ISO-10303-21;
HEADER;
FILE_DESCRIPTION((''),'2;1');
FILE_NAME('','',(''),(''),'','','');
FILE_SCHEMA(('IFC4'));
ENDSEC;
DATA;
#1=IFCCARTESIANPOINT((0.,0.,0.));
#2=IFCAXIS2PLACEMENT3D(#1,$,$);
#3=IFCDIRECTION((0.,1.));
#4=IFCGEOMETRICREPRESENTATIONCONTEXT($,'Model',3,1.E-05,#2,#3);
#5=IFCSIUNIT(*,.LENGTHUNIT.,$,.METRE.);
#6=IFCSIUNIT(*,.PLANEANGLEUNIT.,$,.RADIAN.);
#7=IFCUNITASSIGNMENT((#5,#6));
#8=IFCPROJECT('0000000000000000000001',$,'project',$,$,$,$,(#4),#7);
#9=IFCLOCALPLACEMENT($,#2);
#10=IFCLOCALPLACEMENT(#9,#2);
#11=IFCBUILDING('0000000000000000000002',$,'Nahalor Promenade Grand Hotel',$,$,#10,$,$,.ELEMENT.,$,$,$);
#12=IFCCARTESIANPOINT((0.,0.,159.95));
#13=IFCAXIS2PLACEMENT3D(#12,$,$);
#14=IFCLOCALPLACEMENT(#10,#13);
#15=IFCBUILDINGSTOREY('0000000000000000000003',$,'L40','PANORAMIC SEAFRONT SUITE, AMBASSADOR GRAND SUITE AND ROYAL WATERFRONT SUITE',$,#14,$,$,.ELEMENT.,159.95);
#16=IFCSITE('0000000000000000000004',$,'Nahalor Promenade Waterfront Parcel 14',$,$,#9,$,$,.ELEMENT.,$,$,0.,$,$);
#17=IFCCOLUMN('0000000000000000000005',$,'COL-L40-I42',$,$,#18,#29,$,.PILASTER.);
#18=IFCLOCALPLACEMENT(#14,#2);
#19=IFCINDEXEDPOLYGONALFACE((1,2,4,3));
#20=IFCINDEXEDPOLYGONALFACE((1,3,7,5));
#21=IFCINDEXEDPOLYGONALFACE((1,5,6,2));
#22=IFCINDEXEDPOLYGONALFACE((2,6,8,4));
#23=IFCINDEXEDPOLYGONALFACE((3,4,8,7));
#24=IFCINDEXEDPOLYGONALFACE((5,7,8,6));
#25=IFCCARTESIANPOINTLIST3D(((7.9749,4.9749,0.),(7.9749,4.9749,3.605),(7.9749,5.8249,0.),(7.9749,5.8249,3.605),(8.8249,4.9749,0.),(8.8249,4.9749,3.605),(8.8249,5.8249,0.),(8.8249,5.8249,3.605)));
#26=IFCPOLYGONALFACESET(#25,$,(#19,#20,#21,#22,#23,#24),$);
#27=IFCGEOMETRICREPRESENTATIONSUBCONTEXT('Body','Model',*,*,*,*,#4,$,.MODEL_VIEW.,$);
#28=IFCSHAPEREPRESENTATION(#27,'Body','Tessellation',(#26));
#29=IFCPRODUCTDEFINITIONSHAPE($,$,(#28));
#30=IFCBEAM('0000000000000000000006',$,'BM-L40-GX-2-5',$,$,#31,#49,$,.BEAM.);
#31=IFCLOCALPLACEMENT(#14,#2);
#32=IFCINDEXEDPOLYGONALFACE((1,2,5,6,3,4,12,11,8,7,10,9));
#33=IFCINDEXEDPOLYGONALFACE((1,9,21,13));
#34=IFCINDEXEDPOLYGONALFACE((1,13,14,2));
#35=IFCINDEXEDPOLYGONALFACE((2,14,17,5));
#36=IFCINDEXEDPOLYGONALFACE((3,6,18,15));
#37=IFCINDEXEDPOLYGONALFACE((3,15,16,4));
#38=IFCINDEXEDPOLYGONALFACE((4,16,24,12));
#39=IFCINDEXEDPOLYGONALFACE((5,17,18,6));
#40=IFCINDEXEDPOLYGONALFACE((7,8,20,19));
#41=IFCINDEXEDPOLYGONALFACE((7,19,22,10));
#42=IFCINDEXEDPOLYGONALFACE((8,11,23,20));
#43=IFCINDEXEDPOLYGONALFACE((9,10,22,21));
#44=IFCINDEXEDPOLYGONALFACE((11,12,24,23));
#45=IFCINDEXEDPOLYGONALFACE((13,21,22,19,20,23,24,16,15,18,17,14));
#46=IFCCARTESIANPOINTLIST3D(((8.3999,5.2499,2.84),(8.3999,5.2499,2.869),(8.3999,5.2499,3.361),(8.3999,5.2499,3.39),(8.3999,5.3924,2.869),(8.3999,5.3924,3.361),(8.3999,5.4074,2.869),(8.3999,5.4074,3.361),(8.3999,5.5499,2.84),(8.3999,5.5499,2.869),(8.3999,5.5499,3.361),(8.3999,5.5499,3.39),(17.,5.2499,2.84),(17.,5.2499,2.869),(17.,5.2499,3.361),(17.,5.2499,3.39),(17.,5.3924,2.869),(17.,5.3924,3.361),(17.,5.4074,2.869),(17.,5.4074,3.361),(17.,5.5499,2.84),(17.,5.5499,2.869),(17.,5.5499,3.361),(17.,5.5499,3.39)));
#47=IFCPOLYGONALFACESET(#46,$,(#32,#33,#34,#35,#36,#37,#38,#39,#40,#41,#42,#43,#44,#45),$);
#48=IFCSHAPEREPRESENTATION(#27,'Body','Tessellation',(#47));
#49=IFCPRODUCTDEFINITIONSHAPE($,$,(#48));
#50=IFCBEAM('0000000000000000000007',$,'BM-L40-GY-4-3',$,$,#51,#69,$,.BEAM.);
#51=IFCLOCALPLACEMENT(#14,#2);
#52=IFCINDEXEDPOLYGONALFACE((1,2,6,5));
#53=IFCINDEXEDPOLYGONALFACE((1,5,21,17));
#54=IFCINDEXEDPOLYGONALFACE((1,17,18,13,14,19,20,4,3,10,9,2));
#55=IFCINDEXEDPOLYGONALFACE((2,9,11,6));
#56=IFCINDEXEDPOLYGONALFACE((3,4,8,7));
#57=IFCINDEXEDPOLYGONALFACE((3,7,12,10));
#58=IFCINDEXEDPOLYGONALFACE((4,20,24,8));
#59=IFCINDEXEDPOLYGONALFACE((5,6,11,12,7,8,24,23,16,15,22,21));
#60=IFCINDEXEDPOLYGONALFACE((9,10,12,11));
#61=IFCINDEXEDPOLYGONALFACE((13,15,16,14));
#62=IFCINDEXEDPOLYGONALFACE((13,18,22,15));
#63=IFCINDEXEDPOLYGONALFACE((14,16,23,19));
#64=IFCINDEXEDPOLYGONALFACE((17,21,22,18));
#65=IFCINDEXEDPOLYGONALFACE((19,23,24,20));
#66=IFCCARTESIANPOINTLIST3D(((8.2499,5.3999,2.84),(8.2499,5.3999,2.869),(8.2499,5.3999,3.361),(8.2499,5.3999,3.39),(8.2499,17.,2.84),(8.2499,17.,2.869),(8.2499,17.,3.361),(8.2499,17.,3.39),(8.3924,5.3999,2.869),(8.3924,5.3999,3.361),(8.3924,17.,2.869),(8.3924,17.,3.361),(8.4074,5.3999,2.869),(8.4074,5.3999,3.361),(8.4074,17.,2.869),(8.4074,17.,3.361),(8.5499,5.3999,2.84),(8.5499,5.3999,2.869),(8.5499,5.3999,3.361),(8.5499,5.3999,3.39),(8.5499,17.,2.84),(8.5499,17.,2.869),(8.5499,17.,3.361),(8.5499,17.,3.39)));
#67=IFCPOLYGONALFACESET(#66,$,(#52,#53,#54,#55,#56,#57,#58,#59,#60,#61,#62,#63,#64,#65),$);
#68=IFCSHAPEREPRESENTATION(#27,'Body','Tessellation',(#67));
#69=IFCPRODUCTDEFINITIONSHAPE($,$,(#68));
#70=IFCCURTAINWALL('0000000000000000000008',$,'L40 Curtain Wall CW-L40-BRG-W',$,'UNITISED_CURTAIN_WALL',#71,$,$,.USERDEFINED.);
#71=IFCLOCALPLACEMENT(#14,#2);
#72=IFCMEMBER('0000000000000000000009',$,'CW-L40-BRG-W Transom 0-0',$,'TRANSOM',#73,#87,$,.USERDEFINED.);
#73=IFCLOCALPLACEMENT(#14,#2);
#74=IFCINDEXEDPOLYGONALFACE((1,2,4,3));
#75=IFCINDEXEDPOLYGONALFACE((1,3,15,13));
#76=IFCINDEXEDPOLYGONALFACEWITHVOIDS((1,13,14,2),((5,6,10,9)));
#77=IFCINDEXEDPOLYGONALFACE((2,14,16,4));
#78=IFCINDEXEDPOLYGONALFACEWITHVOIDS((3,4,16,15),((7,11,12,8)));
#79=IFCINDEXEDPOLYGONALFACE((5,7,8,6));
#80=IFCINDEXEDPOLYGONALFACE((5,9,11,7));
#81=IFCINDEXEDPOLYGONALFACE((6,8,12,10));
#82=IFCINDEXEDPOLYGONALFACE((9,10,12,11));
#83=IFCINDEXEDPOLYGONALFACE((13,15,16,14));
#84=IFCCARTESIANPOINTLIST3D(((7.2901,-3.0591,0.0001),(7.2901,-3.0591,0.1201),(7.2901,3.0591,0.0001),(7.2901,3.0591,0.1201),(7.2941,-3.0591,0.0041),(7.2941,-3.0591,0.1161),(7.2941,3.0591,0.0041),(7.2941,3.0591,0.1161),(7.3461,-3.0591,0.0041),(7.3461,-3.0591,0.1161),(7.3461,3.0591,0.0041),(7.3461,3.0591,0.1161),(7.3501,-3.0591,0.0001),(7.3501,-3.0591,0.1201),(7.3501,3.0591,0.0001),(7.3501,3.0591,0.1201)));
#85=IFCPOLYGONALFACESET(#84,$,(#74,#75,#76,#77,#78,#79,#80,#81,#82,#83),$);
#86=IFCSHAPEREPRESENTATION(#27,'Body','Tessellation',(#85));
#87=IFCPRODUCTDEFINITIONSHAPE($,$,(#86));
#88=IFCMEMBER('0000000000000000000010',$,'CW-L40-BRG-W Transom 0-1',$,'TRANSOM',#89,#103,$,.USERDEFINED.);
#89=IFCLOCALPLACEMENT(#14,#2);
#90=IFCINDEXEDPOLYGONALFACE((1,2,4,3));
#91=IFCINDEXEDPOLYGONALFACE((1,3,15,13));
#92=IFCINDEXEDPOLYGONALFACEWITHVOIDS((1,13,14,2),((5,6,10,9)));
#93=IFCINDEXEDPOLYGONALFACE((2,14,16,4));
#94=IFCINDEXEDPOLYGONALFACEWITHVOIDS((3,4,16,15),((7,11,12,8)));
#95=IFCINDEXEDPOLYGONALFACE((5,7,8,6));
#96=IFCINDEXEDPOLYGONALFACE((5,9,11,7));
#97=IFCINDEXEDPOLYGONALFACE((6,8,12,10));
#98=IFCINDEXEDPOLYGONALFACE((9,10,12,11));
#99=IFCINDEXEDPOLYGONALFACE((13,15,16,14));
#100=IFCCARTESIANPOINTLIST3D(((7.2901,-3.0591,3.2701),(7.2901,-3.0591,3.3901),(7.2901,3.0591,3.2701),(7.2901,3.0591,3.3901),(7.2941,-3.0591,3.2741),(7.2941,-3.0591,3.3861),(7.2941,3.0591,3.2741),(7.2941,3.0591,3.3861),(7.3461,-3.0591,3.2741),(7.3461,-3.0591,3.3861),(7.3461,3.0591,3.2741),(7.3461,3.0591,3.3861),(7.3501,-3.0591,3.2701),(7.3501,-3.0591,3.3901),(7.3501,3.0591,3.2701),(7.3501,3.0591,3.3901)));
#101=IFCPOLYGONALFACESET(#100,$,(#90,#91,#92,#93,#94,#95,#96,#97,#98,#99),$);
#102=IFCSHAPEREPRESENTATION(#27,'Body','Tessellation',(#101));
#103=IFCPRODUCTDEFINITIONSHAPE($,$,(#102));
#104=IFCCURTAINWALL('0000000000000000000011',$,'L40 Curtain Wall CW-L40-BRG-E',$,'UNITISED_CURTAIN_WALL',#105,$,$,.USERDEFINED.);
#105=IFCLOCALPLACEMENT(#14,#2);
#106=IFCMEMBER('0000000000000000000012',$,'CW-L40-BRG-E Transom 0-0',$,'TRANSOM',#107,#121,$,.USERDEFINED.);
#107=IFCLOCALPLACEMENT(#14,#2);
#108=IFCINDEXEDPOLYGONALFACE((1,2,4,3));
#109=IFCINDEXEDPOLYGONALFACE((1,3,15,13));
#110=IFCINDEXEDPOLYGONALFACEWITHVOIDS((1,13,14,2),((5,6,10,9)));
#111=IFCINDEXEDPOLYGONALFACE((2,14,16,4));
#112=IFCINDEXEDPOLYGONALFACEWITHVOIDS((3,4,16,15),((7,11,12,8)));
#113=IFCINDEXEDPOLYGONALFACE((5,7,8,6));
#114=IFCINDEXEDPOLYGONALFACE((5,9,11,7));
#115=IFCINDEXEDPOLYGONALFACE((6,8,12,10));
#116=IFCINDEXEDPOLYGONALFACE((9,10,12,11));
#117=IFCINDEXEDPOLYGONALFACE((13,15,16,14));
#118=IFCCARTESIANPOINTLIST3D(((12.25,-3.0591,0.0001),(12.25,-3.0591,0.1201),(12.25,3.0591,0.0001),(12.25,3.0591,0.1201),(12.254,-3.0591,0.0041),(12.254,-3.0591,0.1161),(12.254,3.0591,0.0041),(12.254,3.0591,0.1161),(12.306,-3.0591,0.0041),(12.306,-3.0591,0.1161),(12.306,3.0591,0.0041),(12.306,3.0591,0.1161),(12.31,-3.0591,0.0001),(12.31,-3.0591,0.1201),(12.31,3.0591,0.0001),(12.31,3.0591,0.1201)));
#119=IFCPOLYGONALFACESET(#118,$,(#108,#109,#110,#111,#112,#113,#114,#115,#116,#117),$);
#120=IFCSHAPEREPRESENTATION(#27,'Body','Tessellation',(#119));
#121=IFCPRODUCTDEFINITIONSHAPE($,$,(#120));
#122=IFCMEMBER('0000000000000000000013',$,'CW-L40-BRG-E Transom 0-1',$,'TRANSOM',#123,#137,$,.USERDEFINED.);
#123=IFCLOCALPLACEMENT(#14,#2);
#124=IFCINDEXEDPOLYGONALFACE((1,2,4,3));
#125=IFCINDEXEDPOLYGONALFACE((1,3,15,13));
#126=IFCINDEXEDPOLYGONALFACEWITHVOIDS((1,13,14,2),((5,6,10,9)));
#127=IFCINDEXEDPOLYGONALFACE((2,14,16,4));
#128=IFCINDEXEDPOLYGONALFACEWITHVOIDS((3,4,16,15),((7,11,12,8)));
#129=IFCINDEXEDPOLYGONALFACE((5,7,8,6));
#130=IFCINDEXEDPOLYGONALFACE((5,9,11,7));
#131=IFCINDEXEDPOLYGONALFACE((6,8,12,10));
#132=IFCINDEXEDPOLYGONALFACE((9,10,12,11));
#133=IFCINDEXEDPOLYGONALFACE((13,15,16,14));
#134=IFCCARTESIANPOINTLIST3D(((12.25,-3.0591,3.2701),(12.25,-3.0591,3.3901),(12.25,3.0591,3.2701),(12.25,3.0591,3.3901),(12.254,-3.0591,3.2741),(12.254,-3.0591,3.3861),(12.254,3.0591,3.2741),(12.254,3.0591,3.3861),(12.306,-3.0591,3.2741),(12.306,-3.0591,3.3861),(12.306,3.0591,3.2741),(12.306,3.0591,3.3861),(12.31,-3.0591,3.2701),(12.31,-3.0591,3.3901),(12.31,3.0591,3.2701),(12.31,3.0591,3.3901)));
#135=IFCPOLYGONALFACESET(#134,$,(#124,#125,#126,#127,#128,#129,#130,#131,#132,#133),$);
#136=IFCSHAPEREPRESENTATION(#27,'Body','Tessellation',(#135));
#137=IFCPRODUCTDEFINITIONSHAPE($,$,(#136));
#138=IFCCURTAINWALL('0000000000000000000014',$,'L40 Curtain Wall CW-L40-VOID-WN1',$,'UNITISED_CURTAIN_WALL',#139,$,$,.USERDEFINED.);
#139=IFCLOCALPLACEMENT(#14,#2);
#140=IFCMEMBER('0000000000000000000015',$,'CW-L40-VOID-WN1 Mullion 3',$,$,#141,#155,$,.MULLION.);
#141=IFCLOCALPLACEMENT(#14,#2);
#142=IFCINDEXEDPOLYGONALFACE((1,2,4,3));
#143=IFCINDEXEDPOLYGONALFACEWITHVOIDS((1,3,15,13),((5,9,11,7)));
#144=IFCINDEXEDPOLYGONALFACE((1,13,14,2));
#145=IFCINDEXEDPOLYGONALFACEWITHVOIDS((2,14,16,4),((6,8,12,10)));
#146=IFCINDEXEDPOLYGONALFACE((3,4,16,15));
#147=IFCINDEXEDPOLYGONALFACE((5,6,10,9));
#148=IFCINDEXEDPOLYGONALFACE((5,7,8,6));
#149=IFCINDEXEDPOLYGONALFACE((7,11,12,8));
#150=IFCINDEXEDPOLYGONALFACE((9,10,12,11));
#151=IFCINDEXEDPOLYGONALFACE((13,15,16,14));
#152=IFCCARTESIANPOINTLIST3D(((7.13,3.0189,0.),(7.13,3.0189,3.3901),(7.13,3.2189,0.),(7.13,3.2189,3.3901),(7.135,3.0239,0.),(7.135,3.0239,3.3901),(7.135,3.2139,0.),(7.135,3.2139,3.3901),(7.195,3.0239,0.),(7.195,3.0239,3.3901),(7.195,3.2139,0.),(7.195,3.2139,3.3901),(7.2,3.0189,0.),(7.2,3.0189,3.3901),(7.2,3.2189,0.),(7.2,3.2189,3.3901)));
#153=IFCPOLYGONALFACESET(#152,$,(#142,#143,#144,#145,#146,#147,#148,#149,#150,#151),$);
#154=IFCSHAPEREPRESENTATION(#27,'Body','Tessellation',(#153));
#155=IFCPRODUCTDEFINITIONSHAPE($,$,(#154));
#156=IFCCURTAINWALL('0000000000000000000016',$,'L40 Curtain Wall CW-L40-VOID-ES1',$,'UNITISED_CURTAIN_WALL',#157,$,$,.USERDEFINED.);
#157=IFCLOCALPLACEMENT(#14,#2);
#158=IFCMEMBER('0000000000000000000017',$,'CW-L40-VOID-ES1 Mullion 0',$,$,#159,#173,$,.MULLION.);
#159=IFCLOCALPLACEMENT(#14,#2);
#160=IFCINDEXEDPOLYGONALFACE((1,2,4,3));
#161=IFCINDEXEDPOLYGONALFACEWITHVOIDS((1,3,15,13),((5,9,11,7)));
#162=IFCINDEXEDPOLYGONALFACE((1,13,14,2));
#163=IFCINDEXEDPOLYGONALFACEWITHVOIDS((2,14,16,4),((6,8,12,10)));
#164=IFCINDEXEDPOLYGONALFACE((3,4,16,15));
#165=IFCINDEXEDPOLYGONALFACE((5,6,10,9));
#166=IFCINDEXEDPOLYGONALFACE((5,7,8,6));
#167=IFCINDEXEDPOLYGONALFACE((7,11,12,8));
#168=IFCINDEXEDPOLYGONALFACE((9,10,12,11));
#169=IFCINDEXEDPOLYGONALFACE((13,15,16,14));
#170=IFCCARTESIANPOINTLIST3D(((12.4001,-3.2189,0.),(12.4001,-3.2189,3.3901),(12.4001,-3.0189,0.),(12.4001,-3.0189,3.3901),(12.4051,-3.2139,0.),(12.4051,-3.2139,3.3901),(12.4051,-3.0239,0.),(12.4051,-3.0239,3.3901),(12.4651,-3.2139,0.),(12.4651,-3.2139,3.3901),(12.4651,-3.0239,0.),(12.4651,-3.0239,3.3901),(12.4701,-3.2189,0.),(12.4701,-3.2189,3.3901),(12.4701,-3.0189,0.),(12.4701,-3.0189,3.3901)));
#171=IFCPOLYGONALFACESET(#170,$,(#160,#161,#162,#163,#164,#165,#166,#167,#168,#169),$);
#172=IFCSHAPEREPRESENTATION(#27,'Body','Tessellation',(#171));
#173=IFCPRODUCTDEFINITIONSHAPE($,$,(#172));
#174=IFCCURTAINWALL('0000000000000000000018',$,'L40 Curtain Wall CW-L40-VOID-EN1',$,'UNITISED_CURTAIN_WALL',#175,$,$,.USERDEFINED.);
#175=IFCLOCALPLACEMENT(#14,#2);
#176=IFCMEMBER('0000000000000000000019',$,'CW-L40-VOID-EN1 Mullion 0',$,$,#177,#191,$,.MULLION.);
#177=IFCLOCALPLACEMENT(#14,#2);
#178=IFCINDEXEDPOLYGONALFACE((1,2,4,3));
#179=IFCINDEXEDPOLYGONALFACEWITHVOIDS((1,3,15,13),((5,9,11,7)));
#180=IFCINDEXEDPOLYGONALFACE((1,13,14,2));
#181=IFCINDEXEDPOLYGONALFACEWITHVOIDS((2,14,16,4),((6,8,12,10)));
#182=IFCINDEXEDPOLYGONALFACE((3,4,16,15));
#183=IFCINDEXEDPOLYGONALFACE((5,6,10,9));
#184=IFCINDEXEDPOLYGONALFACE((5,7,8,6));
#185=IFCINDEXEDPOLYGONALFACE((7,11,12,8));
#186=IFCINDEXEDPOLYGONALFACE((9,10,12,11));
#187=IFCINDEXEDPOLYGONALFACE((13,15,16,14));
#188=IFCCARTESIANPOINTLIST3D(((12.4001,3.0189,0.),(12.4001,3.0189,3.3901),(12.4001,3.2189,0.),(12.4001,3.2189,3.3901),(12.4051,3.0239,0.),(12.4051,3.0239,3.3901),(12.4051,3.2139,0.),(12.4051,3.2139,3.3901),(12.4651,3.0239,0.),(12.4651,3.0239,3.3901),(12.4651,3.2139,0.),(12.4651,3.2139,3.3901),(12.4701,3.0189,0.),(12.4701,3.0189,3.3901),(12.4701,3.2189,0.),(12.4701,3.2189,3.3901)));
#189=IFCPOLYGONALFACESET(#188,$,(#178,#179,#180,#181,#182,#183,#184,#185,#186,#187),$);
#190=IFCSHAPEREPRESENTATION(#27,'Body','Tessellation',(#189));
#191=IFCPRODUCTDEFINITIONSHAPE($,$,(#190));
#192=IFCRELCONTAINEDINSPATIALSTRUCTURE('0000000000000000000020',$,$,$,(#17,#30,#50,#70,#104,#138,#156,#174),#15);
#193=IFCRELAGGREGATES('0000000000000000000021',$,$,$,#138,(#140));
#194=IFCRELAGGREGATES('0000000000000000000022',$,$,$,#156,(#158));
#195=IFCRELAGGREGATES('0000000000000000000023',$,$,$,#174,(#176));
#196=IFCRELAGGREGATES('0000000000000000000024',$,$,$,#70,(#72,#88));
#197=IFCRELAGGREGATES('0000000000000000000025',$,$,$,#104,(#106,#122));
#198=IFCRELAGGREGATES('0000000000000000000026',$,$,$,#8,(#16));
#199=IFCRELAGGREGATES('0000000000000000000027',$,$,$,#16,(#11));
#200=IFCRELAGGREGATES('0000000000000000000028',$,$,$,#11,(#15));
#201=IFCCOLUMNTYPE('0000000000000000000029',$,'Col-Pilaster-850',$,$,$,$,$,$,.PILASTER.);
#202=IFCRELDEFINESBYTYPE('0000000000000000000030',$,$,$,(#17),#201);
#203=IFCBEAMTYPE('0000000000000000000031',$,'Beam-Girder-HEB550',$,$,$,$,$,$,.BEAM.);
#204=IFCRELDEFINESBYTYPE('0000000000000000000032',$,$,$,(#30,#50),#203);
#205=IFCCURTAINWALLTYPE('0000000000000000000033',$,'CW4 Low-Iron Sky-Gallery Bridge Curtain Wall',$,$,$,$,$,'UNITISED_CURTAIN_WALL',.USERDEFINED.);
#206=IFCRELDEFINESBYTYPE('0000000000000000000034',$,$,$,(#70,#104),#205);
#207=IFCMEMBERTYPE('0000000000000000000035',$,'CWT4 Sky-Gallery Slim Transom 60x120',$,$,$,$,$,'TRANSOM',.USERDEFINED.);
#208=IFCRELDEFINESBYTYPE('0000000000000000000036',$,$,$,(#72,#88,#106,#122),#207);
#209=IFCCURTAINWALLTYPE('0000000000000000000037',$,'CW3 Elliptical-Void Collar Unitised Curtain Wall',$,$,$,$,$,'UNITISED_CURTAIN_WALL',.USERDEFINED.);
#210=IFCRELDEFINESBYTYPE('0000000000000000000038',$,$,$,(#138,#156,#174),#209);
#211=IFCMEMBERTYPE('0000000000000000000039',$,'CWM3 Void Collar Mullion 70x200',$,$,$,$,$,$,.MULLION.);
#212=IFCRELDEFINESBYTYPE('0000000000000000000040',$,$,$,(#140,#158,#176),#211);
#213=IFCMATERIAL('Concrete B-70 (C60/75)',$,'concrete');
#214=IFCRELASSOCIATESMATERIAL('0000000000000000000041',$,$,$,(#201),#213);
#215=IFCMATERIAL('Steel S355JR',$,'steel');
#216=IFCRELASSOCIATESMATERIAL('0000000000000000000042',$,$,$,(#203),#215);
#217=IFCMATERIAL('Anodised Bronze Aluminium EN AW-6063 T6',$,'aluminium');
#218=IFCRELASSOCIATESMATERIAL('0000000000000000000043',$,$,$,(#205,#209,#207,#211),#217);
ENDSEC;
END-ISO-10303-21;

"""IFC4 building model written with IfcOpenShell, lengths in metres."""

from ifc_helpers import new_model, si_unit, direction, frame, origin, origin_2d, place, context, subcontext, project, spatial, rectangle, hollow_rectangle, i_section, extrude, source, transform, mapped, material, material_profile, profile_set, type_object, element, aggregate, save


model = new_model("IFC4")

# Units and contexts
model_context = context("Model", 3, precision=1e-05, world=origin(), true_north=direction((0.0, 1.0)))
body_context = subcontext(model_context, "Body", "Model", "MODEL_VIEW")
ifc_project = project(units=[si_unit("LENGTHUNIT", "METRE"), si_unit("PLANEANGLEUNIT", "RADIAN")], contexts=[model_context])

# Site, building, storey
site_placement = place(None, origin())
site = spatial("IfcSite", under=ifc_project, at=site_placement, Name="Nahalor Promenade Waterfront Parcel 14", CompositionType="ELEMENT", RefElevation=0.0)
building_placement = place(site_placement, origin())
building = spatial("IfcBuilding", under=site, at=building_placement, Name="Nahalor Promenade Grand Hotel", CompositionType="ELEMENT")
storey_placement = place(building_placement, frame((0.0, 0.0, 159.95)))
storey = spatial("IfcBuildingStorey", under=building, at=storey_placement, Name="L40", Description="PANORAMIC SEAFRONT SUITE, AMBASSADOR GRAND SUITE AND ROYAL WATERFRONT SUITE", CompositionType="ELEMENT", Elevation=159.95)

# Column
ifc_material_1 = material(Name="Concrete B-70 (C60/75)", Category="concrete")
ifc_material_profile_1 = material_profile(ifc_material_1, rectangle(XDim=0.85, YDim=0.85, at=origin_2d()), Name="RC 850x850")
ifc_profile_set_1 = profile_set([ifc_material_profile_1], Name="Concrete B-70 (C60/75)")
column_type = type_object("IfcColumnType", Name="Col-Pilaster-850", PredefinedType="PILASTER", material=ifc_profile_set_1)
shared_shape_1 = source(origin(), body_context, "Body", "SweptSolid", [
    extrude(rectangle(XDim=0.85, YDim=0.85, at=origin_2d()), origin(), (0.0, 0.0, 1.0), 3.605),
])
column_placement = place(storey_placement, frame((8.3999, 5.3999, 0.0), z_axis=(0.0, 0.0, 1.0), x_axis=(1.0, 0.0, 0.0)))
element("IfcColumn", 1, at=column_placement, inside=storey, type_object=column_type, Name="COL-L40-I42", PredefinedType="PILASTER", context=body_context, shape_type="MappedRepresentation", body=[
    mapped(shared_shape_1, transform((0.0, 0.0, 0.0), scale=1.0)),
])

# Beams
ifc_material_2 = material(Name="Steel S355JR", Category="steel")
ifc_material_profile_2 = material_profile(ifc_material_2, i_section(OverallWidth=0.3, OverallDepth=0.55, WebThickness=0.015, FlangeThickness=0.029, at=origin_2d()), Name="HEB 550")
ifc_profile_set_2 = profile_set([ifc_material_profile_2], Name="Steel S355JR")
beam_type = type_object("IfcBeamType", Name="Beam-Girder-HEB550", PredefinedType="BEAM", material=ifc_profile_set_2)
shared_shape_2 = source(origin(), body_context, "Body", "SweptSolid", [
    extrude(i_section(OverallWidth=0.3, OverallDepth=0.55, WebThickness=0.015, FlangeThickness=0.029, at=origin_2d()), origin(), (0.0, 0.0, 1.0), 8.6001),
])
beam_1_placement = place(storey_placement, frame((8.3999, 5.3999, 3.115), z_axis=(1.0, 0.0, 0.0), x_axis=(0.0, 1.0, 0.0)))
element("IfcBeam", 2, at=beam_1_placement, inside=storey, type_object=beam_type, Name="BM-L40-GX-2-5", PredefinedType="BEAM", context=body_context, shape_type="MappedRepresentation", body=[
    mapped(shared_shape_2, transform((0.0, 0.0, 0.0), scale=1.0)),
])
shared_shape_3 = source(origin(), body_context, "Body", "SweptSolid", [
    extrude(i_section(OverallWidth=0.3, OverallDepth=0.55, WebThickness=0.015, FlangeThickness=0.029, at=origin_2d()), origin(), (0.0, 0.0, 1.0), 11.6001),
])
beam_2_placement = place(storey_placement, frame((8.3999, 5.3999, 3.115), z_axis=(0.0, 1.0, 0.0), x_axis=(-1.0, 0.0, 0.0)))
element("IfcBeam", 3, at=beam_2_placement, inside=storey, type_object=beam_type, Name="BM-L40-GY-4-3", PredefinedType="BEAM", context=body_context, shape_type="MappedRepresentation", body=[
    mapped(shared_shape_3, transform((0.0, 0.0, 0.0), scale=1.0)),
])

# Curtain walls, members
ifc_material_3 = material(Name="Anodised Bronze Aluminium EN AW-6063 T6", Category="aluminium")
curtain_wall_type_1 = type_object("IfcCurtainWallType", Name="CW4 Low-Iron Sky-Gallery Bridge Curtain Wall", ElementType="UNITISED_CURTAIN_WALL", PredefinedType="USERDEFINED", material=ifc_material_3)
curtain_wall_1_placement = place(storey_placement, origin())
curtain_wall_1 = element("IfcCurtainWall", 4, at=curtain_wall_1_placement, inside=storey, type_object=curtain_wall_type_1, Name="L40 Curtain Wall CW-L40-BRG-W", ObjectType="UNITISED_CURTAIN_WALL", PredefinedType="USERDEFINED")
ifc_material_profile_3 = material_profile(ifc_material_3, hollow_rectangle(XDim=0.06, YDim=0.12, WallThickness=0.004, at=origin_2d()), Name="CWT 60x120x4")
ifc_profile_set_3 = profile_set([ifc_material_profile_3], Name="Anodised Bronze Aluminium EN AW-6063 T6")
member_type_1 = type_object("IfcMemberType", Name="CWT4 Sky-Gallery Slim Transom 60x120", ElementType="TRANSOM", PredefinedType="USERDEFINED", material=ifc_profile_set_3)
shared_shape_4 = source(origin(), body_context, "Body", "SweptSolid", [
    extrude(hollow_rectangle(XDim=0.06, YDim=0.12, WallThickness=0.004, at=origin_2d()), origin(), (0.0, 0.0, 1.0), 6.1182),
])
member_1_placement = place(storey_placement, frame((7.3201, -3.0591, 0.0601), z_axis=(0.0, 1.0, 0.0), x_axis=(-1.0, 0.0, 0.0)))
member_1 = element("IfcMember", 5, at=member_1_placement, type_object=member_type_1, Name="CW-L40-BRG-W Transom 0-0", ObjectType="TRANSOM", PredefinedType="USERDEFINED", context=body_context, shape_type="MappedRepresentation", body=[
    mapped(shared_shape_4, transform((0.0, 0.0, 0.0), scale=1.0)),
])
member_2_placement = place(storey_placement, frame((7.3201, -3.0591, 3.3301), z_axis=(0.0, 1.0, 0.0), x_axis=(-1.0, 0.0, 0.0)))
member_2 = element("IfcMember", 6, at=member_2_placement, type_object=member_type_1, Name="CW-L40-BRG-W Transom 0-1", ObjectType="TRANSOM", PredefinedType="USERDEFINED", context=body_context, shape_type="MappedRepresentation", body=[
    mapped(shared_shape_4, transform((0.0, 0.0, 0.0), scale=1.0)),
])
curtain_wall_2_placement = place(storey_placement, origin())
curtain_wall_2 = element("IfcCurtainWall", 7, at=curtain_wall_2_placement, inside=storey, type_object=curtain_wall_type_1, Name="L40 Curtain Wall CW-L40-BRG-E", ObjectType="UNITISED_CURTAIN_WALL", PredefinedType="USERDEFINED")
member_3_placement = place(storey_placement, frame((12.28, -3.0591, 0.0601), z_axis=(0.0, 1.0, 0.0), x_axis=(-1.0, 0.0, 0.0)))
member_3 = element("IfcMember", 8, at=member_3_placement, type_object=member_type_1, Name="CW-L40-BRG-E Transom 0-0", ObjectType="TRANSOM", PredefinedType="USERDEFINED", context=body_context, shape_type="MappedRepresentation", body=[
    mapped(shared_shape_4, transform((0.0, 0.0, 0.0), scale=1.0)),
])
member_4_placement = place(storey_placement, frame((12.28, -3.0591, 3.3301), z_axis=(0.0, 1.0, 0.0), x_axis=(-1.0, 0.0, 0.0)))
member_4 = element("IfcMember", 9, at=member_4_placement, type_object=member_type_1, Name="CW-L40-BRG-E Transom 0-1", ObjectType="TRANSOM", PredefinedType="USERDEFINED", context=body_context, shape_type="MappedRepresentation", body=[
    mapped(shared_shape_4, transform((0.0, 0.0, 0.0), scale=1.0)),
])

# Curtain walls, members
curtain_wall_type_2 = type_object("IfcCurtainWallType", Name="CW3 Elliptical-Void Collar Unitised Curtain Wall", ElementType="UNITISED_CURTAIN_WALL", PredefinedType="USERDEFINED", material=ifc_material_3)
curtain_wall_3_placement = place(storey_placement, origin())
curtain_wall_3 = element("IfcCurtainWall", 10, at=curtain_wall_3_placement, inside=storey, type_object=curtain_wall_type_2, Name="L40 Curtain Wall CW-L40-VOID-WN1", ObjectType="UNITISED_CURTAIN_WALL", PredefinedType="USERDEFINED")
ifc_material_profile_4 = material_profile(ifc_material_3, hollow_rectangle(XDim=0.07, YDim=0.2, WallThickness=0.005, at=origin_2d()), Name="CWM 70x200x5")
ifc_profile_set_4 = profile_set([ifc_material_profile_4], Name="Anodised Bronze Aluminium EN AW-6063 T6")
member_type_2 = type_object("IfcMemberType", Name="CWM3 Void Collar Mullion 70x200", PredefinedType="MULLION", material=ifc_profile_set_4)
shared_shape_5 = source(origin(), body_context, "Body", "SweptSolid", [
    extrude(hollow_rectangle(XDim=0.07, YDim=0.2, WallThickness=0.005, at=origin_2d()), origin(), (0.0, 0.0, 1.0), 3.3901),
])
member_5_placement = place(storey_placement, frame((7.165, 3.1189, 0.0), z_axis=(0.0, 0.0, 1.0), x_axis=(1.0, 0.0, 0.0)))
member_5 = element("IfcMember", 11, at=member_5_placement, type_object=member_type_2, Name="CW-L40-VOID-WN1 Mullion 3", PredefinedType="MULLION", context=body_context, shape_type="MappedRepresentation", body=[
    mapped(shared_shape_5, transform((0.0, 0.0, 0.0), scale=1.0)),
])
aggregate(curtain_wall_3, [member_5])
curtain_wall_4_placement = place(storey_placement, origin())
curtain_wall_4 = element("IfcCurtainWall", 12, at=curtain_wall_4_placement, inside=storey, type_object=curtain_wall_type_2, Name="L40 Curtain Wall CW-L40-VOID-ES1", ObjectType="UNITISED_CURTAIN_WALL", PredefinedType="USERDEFINED")
member_6_placement = place(storey_placement, frame((12.4351, -3.1189, 0.0), z_axis=(0.0, 0.0, 1.0), x_axis=(1.0, 0.0, 0.0)))
member_6 = element("IfcMember", 13, at=member_6_placement, type_object=member_type_2, Name="CW-L40-VOID-ES1 Mullion 0", PredefinedType="MULLION", context=body_context, shape_type="MappedRepresentation", body=[
    mapped(shared_shape_5, transform((0.0, 0.0, 0.0), scale=1.0)),
])
curtain_wall_5_placement = place(storey_placement, origin())
curtain_wall_5 = element("IfcCurtainWall", 14, at=curtain_wall_5_placement, inside=storey, type_object=curtain_wall_type_2, Name="L40 Curtain Wall CW-L40-VOID-EN1", ObjectType="UNITISED_CURTAIN_WALL", PredefinedType="USERDEFINED")
member_7_placement = place(storey_placement, frame((12.4351, 3.1189, 0.0), z_axis=(0.0, 0.0, 1.0), x_axis=(1.0, 0.0, 0.0)))
member_7 = element("IfcMember", 15, at=member_7_placement, type_object=member_type_2, Name="CW-L40-VOID-EN1 Mullion 0", PredefinedType="MULLION", context=body_context, shape_type="MappedRepresentation", body=[
    mapped(shared_shape_5, transform((0.0, 0.0, 0.0), scale=1.0)),
])

aggregate(curtain_wall_4, [member_6])
aggregate(curtain_wall_5, [member_7])

aggregate(curtain_wall_1, [member_1, member_2])
aggregate(curtain_wall_2, [member_3, member_4])

save(model, "model.ifc")
